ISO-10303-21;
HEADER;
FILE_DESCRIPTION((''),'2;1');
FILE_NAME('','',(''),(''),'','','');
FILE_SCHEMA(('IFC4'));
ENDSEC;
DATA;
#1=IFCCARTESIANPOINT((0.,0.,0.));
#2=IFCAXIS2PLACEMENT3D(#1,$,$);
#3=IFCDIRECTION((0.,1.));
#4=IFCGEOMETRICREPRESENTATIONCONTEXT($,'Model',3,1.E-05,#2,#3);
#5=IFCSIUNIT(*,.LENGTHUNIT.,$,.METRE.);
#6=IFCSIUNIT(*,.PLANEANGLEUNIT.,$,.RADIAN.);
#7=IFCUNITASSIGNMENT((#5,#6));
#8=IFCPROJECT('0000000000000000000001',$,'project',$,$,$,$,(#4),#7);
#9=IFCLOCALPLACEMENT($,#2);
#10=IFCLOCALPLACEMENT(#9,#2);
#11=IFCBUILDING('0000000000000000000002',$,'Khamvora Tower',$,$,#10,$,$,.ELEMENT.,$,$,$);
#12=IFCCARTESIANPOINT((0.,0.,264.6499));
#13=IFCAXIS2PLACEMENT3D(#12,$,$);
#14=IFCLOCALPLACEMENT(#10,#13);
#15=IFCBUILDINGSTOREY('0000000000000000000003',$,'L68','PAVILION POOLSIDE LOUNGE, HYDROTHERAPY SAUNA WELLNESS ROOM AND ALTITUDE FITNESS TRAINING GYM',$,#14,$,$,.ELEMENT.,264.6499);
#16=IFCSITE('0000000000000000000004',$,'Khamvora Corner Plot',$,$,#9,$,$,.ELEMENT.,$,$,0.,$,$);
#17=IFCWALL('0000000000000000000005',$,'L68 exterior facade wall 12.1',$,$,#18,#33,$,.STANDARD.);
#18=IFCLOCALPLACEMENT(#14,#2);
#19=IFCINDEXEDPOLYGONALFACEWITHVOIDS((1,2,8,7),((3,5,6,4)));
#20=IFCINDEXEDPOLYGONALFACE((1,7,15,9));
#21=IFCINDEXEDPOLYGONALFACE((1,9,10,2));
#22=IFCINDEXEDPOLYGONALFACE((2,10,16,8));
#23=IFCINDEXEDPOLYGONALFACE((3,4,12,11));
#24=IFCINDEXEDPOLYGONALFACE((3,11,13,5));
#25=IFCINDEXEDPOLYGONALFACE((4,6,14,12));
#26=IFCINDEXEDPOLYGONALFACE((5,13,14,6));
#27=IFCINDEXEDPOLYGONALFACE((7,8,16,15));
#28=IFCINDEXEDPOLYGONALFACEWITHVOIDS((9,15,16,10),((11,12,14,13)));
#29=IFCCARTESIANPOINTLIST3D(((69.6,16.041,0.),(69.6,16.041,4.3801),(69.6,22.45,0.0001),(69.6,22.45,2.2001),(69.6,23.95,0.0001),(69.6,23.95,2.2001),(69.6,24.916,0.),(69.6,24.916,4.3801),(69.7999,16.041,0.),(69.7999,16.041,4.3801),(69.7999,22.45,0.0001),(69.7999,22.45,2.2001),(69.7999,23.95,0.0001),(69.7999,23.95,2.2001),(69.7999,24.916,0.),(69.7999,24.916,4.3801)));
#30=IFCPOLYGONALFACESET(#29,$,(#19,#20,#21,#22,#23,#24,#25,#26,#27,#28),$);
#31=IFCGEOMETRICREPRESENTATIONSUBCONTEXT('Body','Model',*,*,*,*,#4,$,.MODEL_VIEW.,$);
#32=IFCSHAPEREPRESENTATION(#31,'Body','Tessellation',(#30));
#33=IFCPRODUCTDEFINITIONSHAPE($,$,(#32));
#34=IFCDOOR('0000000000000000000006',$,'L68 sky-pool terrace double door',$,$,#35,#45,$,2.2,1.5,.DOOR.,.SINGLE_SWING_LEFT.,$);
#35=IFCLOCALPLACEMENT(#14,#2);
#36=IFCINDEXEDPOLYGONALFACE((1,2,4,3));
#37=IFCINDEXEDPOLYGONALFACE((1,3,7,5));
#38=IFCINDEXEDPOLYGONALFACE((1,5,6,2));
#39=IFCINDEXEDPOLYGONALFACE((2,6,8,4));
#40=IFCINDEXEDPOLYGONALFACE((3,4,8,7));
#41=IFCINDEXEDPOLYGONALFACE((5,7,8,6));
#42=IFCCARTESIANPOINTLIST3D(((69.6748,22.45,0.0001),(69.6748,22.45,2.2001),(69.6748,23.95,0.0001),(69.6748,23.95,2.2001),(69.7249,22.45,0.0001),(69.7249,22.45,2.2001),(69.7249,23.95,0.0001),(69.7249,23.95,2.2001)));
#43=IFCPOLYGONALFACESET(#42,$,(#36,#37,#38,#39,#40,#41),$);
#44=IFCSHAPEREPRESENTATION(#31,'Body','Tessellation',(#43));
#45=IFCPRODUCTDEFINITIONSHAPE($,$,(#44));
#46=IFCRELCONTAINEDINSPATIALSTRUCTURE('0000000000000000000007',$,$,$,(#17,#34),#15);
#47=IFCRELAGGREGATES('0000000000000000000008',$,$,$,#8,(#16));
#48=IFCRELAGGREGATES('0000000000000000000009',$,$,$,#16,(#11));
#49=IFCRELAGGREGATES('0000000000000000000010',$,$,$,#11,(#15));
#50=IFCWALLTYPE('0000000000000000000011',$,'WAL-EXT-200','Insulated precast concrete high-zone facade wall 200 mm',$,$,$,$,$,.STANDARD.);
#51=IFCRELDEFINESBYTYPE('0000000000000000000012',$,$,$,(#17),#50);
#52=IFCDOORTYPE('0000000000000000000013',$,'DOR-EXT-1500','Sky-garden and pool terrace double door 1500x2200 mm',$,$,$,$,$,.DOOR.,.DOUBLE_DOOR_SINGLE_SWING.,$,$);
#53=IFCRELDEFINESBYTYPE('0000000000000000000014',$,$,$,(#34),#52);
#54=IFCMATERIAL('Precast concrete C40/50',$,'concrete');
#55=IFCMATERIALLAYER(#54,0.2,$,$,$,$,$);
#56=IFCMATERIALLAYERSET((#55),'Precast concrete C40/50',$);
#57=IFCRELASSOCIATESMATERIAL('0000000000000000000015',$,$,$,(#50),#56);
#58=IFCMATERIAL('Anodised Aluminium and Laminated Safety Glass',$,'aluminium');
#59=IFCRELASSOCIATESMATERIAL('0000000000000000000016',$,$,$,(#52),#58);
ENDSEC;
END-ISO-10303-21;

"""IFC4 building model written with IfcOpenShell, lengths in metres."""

from ifc_helpers import new_model, si_unit, direction, frame, frame_2d, origin, place, context, subcontext, project, spatial, rectangle, extrude, material, layer, layer_set, type_object, element, fill, save


model = new_model("IFC4")

# Units and contexts
model_context = context("Model", 3, precision=1e-05, world=origin(), true_north=direction((0.0, 1.0)))
body_context = subcontext(model_context, "Body", "Model", "MODEL_VIEW")
ifc_project = project(units=[si_unit("LENGTHUNIT", "METRE"), si_unit("PLANEANGLEUNIT", "RADIAN")], contexts=[model_context])

# Site, building, storey
site_placement = place(None, origin())
site = spatial("IfcSite", under=ifc_project, at=site_placement, Name="Khamvora Corner Plot", CompositionType="ELEMENT", RefElevation=0.0)
building_placement = place(site_placement, origin())
building = spatial("IfcBuilding", under=site, at=building_placement, Name="Khamvora Tower", CompositionType="ELEMENT")
storey_placement = place(building_placement, frame((0.0, 0.0, 264.6499)))
storey = spatial("IfcBuildingStorey", under=building, at=storey_placement, Name="L68", Description="PAVILION POOLSIDE LOUNGE, HYDROTHERAPY SAUNA WELLNESS ROOM AND ALTITUDE FITNESS TRAINING GYM", CompositionType="ELEMENT", Elevation=264.6499)

# Shared definitions
ifc_material_1 = material(Name="Precast concrete C40/50", Category="concrete")
ifc_layer_1 = layer(ifc_material_1, 0.2)
ifc_layer_set_1 = layer_set([ifc_layer_1], Name="Precast concrete C40/50")
wall_type = type_object("IfcWallType", Name="WAL-EXT-200", Description="Insulated precast concrete high-zone facade wall 200 mm", PredefinedType="STANDARD", material=ifc_layer_set_1)

# Wall, opening, door
wall_1_placement = place(storey_placement, frame((69.7, 24.916, 0.0), z_axis=(0.0, 0.0, 1.0), x_axis=(0.0, -1.0, 0.0)))
wall_1 = element("IfcWall", 1, at=wall_1_placement, inside=storey, type_object=wall_type, Name="L68 exterior facade wall 12.1", PredefinedType="STANDARD", context=body_context, shape_type="SweptSolid", body=[
    extrude(rectangle(XDim=8.875, YDim=0.2, at=frame_2d((4.4375, 0.0))), origin(), (0.0, 0.0, 1.0), 4.3801),
])
opening_placement = place(wall_1_placement, frame((0.9661, 0.0, 0.0)))
opening = element("IfcOpeningElement", 2, at=opening_placement, cuts=wall_1, PredefinedType="OPENING", context=body_context, shape_type="SweptSolid", body=[
    extrude(rectangle(XDim=1.5, YDim=2.2, at=frame_2d((0.75, 1.1001))), frame((0.0, 0.1099, 0.0), z_axis=(0.0, -1.0, 0.0), x_axis=(1.0, 0.0, 0.0)), (0.0, 0.0, 1.0), 0.22),
])
ifc_material_2 = material(Name="Anodised Aluminium and Laminated Safety Glass", Category="aluminium")
door_type = type_object("IfcDoorType", Name="DOR-EXT-1500", Description="Sky-garden and pool terrace double door 1500x2200 mm", OperationType="DOUBLE_DOOR_SINGLE_SWING", PredefinedType="DOOR", material=ifc_material_2)
door_placement = place(opening_placement, origin())
door = element("IfcDoor", 3, at=door_placement, inside=storey, type_object=door_type, Name="L68 sky-pool terrace double door", OperationType="SINGLE_SWING_LEFT", OverallHeight=2.2, OverallWidth=1.5, PredefinedType="DOOR", context=body_context, shape_type="SweptSolid", body=[
    extrude(rectangle(XDim=1.5, YDim=2.2, at=frame_2d((0.75, 1.1001))), frame((0.0, 0.0249, 0.0), z_axis=(0.0, -1.0, 0.0), x_axis=(1.0, 0.0, 0.0)), (0.0, 0.0, 1.0), 0.05),
])
fill(opening, door)

save(model, "model.ifc")
